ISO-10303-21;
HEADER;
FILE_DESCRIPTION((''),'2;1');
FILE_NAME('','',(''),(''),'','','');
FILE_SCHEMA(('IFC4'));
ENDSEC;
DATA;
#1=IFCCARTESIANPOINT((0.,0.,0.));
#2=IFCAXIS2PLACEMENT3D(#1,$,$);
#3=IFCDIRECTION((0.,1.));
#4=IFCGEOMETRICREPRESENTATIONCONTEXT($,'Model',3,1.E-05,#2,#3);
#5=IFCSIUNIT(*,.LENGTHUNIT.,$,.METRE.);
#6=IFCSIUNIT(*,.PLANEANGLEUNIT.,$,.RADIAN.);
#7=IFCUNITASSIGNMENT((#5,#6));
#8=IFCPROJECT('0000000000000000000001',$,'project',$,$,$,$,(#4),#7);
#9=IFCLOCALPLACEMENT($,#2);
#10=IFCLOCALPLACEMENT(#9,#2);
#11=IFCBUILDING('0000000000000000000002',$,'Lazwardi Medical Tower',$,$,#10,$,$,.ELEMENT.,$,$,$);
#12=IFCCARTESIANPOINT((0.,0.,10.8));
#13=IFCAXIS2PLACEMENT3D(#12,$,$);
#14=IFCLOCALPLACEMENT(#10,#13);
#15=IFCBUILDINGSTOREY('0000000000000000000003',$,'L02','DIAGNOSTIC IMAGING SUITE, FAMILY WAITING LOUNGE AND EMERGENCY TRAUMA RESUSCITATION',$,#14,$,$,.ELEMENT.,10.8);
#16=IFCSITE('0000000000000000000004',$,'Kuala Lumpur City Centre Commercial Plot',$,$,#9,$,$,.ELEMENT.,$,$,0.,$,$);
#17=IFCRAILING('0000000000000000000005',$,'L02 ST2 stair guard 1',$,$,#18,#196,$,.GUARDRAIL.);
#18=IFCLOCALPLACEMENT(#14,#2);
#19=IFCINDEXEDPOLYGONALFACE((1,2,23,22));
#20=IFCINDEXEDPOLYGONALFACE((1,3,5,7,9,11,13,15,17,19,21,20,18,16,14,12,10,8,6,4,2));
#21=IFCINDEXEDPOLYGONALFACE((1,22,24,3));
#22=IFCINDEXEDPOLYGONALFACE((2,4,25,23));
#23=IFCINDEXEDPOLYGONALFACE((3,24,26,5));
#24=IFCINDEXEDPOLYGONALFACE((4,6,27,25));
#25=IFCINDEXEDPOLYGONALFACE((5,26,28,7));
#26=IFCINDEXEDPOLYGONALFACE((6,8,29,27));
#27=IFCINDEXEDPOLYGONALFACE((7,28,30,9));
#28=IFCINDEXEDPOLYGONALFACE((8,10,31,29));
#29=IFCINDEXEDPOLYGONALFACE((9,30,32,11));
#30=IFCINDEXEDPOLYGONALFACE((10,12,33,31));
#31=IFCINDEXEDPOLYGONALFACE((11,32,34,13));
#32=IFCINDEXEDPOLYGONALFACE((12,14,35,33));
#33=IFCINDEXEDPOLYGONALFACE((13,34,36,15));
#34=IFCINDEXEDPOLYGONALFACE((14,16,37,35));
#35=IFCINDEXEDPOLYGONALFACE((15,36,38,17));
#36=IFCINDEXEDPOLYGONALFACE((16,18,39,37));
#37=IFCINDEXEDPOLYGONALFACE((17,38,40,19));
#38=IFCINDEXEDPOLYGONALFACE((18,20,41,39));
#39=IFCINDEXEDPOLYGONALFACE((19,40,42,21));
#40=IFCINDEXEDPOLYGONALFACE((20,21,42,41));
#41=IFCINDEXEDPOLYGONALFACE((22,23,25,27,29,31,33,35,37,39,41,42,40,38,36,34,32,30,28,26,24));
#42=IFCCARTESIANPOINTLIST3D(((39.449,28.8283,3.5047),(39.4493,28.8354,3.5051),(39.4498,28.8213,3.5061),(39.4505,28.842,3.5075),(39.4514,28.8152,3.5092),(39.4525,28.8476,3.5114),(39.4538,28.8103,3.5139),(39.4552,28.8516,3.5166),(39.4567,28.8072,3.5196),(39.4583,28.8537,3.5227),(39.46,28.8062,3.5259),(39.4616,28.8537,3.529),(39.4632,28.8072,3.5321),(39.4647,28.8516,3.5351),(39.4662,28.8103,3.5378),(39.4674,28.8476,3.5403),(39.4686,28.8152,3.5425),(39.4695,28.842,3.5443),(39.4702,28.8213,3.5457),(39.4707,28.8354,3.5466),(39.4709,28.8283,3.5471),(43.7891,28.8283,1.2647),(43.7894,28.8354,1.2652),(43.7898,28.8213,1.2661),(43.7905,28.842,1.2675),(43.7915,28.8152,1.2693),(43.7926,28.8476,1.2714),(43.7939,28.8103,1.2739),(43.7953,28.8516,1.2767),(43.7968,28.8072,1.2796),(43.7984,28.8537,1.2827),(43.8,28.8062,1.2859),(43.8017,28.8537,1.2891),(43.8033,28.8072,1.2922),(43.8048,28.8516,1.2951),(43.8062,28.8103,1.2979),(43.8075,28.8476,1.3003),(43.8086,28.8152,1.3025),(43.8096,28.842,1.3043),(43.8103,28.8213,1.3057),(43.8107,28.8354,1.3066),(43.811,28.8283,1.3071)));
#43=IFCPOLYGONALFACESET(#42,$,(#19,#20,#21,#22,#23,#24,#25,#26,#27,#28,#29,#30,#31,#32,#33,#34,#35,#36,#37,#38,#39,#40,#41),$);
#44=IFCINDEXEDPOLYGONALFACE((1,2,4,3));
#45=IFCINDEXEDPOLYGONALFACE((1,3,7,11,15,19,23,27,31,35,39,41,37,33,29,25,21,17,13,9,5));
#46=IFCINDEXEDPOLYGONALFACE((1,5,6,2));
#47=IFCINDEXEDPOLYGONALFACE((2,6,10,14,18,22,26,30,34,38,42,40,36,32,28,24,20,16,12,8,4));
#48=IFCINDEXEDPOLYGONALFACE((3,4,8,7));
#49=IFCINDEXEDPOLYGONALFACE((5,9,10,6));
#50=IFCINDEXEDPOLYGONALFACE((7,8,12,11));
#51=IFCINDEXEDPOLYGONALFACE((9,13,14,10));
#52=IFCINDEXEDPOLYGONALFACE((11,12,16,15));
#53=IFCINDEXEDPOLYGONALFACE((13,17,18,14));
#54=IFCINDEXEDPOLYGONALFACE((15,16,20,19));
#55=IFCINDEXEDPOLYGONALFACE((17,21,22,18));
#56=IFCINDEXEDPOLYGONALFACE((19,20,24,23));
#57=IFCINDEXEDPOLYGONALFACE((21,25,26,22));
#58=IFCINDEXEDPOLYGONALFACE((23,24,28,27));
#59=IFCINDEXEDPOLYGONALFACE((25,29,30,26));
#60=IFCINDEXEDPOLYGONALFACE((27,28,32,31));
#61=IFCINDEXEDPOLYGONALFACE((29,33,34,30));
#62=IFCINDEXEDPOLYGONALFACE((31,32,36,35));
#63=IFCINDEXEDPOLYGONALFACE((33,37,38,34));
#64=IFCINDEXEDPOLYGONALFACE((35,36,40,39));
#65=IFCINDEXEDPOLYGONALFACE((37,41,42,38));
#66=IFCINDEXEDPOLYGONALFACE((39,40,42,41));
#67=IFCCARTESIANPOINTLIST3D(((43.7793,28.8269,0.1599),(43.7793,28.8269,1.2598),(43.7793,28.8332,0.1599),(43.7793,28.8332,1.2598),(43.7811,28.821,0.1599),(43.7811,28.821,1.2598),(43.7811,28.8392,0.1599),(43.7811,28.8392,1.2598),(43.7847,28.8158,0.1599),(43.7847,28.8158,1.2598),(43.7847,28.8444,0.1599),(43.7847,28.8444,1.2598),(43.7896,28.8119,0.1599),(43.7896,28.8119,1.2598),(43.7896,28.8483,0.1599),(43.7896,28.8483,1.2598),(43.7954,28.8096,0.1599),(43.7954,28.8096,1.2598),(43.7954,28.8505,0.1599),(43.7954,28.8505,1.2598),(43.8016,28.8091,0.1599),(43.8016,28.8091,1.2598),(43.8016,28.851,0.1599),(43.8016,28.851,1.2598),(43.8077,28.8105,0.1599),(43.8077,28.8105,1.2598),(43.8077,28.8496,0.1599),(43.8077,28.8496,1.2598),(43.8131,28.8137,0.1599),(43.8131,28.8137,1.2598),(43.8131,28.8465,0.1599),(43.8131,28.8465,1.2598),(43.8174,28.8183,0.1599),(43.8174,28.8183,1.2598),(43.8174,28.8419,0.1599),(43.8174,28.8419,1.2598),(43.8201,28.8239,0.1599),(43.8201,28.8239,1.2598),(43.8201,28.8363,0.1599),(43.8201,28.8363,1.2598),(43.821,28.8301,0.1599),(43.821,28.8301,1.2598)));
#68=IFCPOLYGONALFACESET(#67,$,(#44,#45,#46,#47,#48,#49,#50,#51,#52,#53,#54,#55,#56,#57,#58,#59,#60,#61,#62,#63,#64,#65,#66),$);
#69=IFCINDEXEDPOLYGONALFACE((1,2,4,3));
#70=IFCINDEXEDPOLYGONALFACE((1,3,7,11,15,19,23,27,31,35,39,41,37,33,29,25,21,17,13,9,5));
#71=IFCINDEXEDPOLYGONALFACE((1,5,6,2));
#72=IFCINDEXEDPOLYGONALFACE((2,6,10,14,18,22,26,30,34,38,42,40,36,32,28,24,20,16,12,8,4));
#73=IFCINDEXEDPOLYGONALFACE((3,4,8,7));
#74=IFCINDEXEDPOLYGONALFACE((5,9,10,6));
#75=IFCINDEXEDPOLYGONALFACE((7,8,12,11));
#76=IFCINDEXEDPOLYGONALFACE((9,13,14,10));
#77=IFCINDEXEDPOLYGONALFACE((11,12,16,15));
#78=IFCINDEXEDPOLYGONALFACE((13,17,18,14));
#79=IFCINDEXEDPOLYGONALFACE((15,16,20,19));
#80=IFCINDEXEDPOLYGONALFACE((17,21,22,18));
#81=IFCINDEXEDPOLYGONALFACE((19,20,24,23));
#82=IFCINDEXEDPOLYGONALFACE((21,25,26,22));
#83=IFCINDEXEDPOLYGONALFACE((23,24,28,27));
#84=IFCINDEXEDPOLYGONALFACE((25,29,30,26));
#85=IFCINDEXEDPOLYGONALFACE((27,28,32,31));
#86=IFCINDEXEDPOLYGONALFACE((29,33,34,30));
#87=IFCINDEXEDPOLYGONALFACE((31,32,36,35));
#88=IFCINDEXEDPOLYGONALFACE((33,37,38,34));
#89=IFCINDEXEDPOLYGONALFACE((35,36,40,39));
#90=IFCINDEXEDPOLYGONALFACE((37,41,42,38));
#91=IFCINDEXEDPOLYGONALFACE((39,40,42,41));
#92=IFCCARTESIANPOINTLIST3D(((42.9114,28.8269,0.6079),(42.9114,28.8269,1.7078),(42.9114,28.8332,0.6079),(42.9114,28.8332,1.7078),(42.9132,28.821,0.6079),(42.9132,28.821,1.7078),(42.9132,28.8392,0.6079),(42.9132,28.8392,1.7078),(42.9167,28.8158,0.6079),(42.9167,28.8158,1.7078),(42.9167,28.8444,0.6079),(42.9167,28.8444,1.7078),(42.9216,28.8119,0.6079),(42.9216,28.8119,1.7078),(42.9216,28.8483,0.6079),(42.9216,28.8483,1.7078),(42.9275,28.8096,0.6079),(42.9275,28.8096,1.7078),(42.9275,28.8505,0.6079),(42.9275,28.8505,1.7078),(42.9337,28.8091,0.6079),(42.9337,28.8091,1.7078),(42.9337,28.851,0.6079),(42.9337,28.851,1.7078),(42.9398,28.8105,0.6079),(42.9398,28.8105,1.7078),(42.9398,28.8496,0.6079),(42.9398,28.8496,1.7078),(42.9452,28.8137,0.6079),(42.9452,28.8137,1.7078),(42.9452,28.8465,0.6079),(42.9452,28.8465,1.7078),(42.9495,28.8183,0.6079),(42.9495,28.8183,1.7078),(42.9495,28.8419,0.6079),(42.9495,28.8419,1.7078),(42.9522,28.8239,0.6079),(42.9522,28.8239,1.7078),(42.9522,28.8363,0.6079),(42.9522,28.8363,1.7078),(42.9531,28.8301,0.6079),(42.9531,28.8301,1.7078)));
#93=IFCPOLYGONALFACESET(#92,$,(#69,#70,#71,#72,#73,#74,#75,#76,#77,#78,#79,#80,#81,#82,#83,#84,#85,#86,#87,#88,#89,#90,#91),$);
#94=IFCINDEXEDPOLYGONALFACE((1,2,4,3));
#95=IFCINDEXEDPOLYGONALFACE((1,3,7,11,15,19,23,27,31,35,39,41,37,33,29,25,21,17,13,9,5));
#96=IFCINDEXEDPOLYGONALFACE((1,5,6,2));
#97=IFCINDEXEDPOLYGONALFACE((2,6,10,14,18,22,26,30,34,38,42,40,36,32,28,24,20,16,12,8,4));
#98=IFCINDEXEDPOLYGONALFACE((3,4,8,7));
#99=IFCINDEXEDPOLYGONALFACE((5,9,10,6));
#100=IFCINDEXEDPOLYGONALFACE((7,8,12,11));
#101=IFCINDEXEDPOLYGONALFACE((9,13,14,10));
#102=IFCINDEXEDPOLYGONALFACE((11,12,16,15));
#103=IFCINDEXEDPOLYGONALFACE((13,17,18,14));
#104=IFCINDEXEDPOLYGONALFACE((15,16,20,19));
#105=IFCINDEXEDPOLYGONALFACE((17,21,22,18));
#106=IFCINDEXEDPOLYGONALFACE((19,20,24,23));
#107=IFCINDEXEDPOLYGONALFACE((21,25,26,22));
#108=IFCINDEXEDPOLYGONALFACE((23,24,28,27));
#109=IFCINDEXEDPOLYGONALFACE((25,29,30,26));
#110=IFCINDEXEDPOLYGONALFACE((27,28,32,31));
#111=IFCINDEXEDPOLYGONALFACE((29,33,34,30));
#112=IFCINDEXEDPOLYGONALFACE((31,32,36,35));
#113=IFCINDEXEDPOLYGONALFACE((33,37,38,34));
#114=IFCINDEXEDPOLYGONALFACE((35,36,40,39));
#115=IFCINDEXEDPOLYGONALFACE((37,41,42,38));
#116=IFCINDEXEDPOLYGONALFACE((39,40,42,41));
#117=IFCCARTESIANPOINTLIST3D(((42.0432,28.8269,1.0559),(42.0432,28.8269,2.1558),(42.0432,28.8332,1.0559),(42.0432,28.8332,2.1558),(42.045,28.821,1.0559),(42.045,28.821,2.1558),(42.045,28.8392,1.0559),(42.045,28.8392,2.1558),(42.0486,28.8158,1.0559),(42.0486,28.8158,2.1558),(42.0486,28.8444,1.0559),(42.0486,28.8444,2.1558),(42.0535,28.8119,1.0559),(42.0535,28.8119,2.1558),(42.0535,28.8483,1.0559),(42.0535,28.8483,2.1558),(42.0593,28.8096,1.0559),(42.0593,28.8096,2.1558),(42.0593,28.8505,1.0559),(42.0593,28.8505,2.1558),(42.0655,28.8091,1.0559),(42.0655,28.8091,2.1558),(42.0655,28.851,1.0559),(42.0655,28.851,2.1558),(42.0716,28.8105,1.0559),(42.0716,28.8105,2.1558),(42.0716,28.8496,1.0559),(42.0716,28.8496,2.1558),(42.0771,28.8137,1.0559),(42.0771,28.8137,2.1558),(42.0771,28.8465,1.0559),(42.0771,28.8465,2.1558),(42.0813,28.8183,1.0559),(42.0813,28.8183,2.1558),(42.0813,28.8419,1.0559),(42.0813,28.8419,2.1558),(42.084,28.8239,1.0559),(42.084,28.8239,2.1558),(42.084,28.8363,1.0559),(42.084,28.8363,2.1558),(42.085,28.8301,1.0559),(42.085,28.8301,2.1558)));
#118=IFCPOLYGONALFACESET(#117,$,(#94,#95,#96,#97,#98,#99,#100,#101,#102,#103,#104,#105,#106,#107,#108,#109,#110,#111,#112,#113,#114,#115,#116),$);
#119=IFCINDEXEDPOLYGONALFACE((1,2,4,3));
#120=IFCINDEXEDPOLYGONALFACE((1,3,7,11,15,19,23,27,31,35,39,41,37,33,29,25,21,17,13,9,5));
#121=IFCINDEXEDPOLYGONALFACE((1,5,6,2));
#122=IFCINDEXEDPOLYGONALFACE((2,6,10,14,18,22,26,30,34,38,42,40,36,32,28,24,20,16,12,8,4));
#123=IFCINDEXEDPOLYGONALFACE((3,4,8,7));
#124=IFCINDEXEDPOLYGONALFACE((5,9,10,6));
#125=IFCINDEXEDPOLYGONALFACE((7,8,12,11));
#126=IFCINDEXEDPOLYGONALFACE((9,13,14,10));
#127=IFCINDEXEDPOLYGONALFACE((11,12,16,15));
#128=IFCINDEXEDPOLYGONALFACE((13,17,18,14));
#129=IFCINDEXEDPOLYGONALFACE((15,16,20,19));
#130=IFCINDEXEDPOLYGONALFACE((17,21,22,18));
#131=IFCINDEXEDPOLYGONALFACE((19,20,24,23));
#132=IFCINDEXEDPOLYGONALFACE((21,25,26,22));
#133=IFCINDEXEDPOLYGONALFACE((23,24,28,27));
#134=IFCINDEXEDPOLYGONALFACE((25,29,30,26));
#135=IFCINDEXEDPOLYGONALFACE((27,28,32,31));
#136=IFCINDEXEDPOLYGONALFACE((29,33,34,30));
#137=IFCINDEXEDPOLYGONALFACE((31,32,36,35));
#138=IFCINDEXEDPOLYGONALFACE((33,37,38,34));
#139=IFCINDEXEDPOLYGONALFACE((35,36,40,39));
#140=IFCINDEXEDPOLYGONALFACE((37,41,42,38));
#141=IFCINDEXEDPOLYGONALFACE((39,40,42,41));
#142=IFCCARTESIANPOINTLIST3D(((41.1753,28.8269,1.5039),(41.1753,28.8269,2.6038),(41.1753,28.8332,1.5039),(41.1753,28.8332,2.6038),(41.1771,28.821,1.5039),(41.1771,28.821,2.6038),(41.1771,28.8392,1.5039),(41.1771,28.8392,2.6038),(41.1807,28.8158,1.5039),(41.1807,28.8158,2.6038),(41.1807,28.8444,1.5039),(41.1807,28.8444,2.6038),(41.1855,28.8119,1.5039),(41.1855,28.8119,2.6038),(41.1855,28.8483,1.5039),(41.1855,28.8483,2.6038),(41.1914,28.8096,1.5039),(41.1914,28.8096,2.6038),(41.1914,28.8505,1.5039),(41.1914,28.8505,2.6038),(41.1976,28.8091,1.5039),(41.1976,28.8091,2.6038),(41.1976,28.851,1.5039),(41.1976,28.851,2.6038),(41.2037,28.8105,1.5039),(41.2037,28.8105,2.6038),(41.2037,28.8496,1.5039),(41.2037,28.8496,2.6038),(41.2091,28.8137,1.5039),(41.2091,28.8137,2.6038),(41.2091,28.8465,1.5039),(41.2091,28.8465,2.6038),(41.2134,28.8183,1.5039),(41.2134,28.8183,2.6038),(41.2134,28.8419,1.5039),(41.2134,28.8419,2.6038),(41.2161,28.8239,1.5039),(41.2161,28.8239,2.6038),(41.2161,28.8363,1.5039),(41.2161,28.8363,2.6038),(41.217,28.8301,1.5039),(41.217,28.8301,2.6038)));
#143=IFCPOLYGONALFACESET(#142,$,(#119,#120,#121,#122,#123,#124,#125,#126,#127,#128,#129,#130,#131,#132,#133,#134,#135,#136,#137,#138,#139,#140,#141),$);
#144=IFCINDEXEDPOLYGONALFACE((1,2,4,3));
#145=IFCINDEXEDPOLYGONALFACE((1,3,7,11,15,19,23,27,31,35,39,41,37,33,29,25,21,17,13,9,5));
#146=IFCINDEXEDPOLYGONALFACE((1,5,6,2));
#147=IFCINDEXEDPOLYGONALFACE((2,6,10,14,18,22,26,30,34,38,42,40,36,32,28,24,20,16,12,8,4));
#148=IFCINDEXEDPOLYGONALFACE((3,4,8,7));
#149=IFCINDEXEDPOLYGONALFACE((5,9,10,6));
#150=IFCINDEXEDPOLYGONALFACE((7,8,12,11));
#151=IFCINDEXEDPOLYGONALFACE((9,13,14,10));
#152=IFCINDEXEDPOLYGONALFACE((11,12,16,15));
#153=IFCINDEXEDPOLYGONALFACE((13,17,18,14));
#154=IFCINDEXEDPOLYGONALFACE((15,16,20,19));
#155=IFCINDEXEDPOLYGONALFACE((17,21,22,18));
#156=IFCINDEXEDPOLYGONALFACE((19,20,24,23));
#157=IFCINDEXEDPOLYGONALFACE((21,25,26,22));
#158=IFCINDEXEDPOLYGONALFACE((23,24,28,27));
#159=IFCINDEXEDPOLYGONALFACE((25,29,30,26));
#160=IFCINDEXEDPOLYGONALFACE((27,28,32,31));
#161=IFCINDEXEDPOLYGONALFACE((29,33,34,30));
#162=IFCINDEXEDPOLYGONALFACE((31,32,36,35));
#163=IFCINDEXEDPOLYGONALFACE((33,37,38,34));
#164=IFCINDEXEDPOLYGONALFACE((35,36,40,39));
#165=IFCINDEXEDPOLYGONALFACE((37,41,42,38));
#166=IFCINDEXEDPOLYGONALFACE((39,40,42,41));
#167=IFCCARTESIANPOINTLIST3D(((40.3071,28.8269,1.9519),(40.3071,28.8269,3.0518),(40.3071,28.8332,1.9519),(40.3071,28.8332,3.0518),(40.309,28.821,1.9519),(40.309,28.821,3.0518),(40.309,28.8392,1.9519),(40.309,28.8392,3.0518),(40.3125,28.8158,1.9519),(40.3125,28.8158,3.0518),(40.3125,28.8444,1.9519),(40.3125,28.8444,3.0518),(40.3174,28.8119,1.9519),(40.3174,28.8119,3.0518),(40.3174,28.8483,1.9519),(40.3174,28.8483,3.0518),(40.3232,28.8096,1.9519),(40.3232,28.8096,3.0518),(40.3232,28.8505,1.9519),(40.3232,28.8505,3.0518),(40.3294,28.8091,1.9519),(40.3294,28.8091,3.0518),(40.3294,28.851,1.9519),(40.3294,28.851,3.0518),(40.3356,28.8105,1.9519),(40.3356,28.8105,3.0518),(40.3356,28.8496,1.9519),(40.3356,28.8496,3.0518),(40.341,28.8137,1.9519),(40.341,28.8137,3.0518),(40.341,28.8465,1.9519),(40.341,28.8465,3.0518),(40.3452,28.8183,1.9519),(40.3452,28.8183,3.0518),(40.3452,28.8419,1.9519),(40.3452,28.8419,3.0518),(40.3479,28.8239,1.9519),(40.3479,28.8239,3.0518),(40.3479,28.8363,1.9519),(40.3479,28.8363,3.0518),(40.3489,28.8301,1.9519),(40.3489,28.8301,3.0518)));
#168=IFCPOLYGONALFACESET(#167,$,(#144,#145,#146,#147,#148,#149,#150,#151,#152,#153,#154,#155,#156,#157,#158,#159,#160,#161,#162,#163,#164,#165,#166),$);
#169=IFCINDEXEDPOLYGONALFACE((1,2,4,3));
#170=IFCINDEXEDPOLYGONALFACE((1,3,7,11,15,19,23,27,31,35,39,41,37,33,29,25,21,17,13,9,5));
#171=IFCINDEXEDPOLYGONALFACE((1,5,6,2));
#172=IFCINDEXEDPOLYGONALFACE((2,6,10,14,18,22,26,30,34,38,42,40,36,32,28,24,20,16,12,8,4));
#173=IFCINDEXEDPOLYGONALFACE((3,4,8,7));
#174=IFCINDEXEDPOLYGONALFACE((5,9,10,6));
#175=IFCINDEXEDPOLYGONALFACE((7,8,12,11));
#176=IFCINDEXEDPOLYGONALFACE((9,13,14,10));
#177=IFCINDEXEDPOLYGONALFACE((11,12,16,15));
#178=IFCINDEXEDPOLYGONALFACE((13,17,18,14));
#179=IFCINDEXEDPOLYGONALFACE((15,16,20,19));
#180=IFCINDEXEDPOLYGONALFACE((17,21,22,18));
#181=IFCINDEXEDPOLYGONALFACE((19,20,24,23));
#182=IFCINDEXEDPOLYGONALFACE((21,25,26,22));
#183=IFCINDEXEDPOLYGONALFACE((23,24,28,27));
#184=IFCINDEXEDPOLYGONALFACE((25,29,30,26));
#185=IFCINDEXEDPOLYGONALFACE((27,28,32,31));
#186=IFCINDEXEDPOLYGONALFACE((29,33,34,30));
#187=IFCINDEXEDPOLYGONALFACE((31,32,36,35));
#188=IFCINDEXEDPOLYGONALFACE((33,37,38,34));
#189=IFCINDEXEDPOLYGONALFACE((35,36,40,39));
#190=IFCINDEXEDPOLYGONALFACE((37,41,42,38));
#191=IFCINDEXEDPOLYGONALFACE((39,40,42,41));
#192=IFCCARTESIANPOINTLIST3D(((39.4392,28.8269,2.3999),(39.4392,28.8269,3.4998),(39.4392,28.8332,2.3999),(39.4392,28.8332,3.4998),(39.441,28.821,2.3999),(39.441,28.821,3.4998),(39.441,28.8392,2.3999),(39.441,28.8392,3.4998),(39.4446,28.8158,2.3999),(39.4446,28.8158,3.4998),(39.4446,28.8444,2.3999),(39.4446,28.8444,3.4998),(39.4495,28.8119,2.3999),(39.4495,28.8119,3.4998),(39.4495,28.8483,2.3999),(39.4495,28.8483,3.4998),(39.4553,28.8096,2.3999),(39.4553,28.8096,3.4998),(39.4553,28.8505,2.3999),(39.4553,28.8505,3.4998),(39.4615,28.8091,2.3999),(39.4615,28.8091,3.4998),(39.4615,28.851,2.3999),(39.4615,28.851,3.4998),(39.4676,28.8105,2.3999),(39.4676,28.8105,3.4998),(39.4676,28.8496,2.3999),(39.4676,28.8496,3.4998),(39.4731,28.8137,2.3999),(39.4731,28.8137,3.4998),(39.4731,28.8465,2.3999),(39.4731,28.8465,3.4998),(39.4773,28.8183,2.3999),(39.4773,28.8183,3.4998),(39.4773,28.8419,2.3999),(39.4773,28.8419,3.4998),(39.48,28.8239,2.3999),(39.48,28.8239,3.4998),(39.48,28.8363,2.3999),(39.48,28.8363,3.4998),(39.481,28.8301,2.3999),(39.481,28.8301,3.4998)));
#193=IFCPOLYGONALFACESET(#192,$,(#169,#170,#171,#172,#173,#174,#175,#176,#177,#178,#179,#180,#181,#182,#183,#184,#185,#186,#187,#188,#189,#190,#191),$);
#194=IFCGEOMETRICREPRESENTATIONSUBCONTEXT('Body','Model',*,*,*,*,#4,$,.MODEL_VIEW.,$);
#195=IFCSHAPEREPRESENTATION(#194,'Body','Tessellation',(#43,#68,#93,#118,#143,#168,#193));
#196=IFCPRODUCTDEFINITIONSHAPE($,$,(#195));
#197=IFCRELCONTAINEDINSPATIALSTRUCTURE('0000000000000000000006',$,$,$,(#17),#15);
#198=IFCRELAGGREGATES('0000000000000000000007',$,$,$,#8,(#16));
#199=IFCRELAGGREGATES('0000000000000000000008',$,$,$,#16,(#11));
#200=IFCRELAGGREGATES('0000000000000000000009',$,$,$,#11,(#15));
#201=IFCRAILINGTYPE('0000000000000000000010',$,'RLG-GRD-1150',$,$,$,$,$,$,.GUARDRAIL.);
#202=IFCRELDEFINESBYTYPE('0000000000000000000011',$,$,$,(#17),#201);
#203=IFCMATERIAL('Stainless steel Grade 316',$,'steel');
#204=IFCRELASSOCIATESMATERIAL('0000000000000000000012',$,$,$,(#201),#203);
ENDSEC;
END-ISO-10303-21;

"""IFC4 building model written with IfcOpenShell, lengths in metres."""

from ifc_helpers import new_model, si_unit, direction, frame, origin, origin_2d, place, context, subcontext, project, spatial, circle, extrude, material, type_object, element, save


model = new_model("IFC4")

# Units and contexts
model_context = context("Model", 3, precision=1e-05, world=origin(), true_north=direction((0.0, 1.0)))
body_context = subcontext(model_context, "Body", "Model", "MODEL_VIEW")
ifc_project = project(units=[si_unit("LENGTHUNIT", "METRE"), si_unit("PLANEANGLEUNIT", "RADIAN")], contexts=[model_context])

# Site, building, storey
site_placement = place(None, origin())
site = spatial("IfcSite", under=ifc_project, at=site_placement, Name="Kuala Lumpur City Centre Commercial Plot", CompositionType="ELEMENT", RefElevation=0.0)
building_placement = place(site_placement, origin())
building = spatial("IfcBuilding", under=site, at=building_placement, Name="Lazwardi Medical Tower", CompositionType="ELEMENT")
storey_placement = place(building_placement, frame((0.0, 0.0, 10.8)))
storey = spatial("IfcBuildingStorey", under=building, at=storey_placement, Name="L02", Description="DIAGNOSTIC IMAGING SUITE, FAMILY WAITING LOUNGE AND EMERGENCY TRAUMA RESUSCITATION", CompositionType="ELEMENT", Elevation=10.8)

# Railing
ifc_material_1 = material(Name="Stainless steel Grade 316", Category="steel")
railing_type_1 = type_object("IfcRailingType", Name="RLG-GRD-1150", PredefinedType="GUARDRAIL", material=ifc_material_1)
railing_1_placement = place(storey_placement, frame((43.8, 28.8301, 0.1599)))
element("IfcRailing", 1, at=railing_1_placement, inside=storey, type_object=railing_type_1, Name="L02 ST2 stair guard 1", PredefinedType="GUARDRAIL", context=body_context, shape_type="SweptSolid", body=[
    extrude(circle(Radius=0.0239, at=origin_2d()), frame((0.0, 0.0, 1.126), z_axis=(-0.888625, 0.0, 0.458634), x_axis=(0.0, -1.0, 0.0)), (0.0, 0.0, 1.0), 4.884),
    extrude(circle(Radius=0.021, at=origin_2d()), origin(), (0.0, 0.0, 1.0), 1.0999),
    extrude(circle(Radius=0.021, at=origin_2d()), frame((-0.8679, 0.0, 0.448)), (0.0, 0.0, 1.0), 1.0999),
    extrude(circle(Radius=0.021, at=origin_2d()), frame((-1.7361, 0.0, 0.896)), (0.0, 0.0, 1.0), 1.0999),
    extrude(circle(Radius=0.021, at=origin_2d()), frame((-2.604, 0.0, 1.344)), (0.0, 0.0, 1.0), 1.0999),
    extrude(circle(Radius=0.021, at=origin_2d()), frame((-3.4722, 0.0, 1.792)), (0.0, 0.0, 1.0), 1.0999),
    extrude(circle(Radius=0.021, at=origin_2d()), frame((-4.3401, 0.0, 2.24)), (0.0, 0.0, 1.0), 1.0999),
])

save(model, "model.ifc")
